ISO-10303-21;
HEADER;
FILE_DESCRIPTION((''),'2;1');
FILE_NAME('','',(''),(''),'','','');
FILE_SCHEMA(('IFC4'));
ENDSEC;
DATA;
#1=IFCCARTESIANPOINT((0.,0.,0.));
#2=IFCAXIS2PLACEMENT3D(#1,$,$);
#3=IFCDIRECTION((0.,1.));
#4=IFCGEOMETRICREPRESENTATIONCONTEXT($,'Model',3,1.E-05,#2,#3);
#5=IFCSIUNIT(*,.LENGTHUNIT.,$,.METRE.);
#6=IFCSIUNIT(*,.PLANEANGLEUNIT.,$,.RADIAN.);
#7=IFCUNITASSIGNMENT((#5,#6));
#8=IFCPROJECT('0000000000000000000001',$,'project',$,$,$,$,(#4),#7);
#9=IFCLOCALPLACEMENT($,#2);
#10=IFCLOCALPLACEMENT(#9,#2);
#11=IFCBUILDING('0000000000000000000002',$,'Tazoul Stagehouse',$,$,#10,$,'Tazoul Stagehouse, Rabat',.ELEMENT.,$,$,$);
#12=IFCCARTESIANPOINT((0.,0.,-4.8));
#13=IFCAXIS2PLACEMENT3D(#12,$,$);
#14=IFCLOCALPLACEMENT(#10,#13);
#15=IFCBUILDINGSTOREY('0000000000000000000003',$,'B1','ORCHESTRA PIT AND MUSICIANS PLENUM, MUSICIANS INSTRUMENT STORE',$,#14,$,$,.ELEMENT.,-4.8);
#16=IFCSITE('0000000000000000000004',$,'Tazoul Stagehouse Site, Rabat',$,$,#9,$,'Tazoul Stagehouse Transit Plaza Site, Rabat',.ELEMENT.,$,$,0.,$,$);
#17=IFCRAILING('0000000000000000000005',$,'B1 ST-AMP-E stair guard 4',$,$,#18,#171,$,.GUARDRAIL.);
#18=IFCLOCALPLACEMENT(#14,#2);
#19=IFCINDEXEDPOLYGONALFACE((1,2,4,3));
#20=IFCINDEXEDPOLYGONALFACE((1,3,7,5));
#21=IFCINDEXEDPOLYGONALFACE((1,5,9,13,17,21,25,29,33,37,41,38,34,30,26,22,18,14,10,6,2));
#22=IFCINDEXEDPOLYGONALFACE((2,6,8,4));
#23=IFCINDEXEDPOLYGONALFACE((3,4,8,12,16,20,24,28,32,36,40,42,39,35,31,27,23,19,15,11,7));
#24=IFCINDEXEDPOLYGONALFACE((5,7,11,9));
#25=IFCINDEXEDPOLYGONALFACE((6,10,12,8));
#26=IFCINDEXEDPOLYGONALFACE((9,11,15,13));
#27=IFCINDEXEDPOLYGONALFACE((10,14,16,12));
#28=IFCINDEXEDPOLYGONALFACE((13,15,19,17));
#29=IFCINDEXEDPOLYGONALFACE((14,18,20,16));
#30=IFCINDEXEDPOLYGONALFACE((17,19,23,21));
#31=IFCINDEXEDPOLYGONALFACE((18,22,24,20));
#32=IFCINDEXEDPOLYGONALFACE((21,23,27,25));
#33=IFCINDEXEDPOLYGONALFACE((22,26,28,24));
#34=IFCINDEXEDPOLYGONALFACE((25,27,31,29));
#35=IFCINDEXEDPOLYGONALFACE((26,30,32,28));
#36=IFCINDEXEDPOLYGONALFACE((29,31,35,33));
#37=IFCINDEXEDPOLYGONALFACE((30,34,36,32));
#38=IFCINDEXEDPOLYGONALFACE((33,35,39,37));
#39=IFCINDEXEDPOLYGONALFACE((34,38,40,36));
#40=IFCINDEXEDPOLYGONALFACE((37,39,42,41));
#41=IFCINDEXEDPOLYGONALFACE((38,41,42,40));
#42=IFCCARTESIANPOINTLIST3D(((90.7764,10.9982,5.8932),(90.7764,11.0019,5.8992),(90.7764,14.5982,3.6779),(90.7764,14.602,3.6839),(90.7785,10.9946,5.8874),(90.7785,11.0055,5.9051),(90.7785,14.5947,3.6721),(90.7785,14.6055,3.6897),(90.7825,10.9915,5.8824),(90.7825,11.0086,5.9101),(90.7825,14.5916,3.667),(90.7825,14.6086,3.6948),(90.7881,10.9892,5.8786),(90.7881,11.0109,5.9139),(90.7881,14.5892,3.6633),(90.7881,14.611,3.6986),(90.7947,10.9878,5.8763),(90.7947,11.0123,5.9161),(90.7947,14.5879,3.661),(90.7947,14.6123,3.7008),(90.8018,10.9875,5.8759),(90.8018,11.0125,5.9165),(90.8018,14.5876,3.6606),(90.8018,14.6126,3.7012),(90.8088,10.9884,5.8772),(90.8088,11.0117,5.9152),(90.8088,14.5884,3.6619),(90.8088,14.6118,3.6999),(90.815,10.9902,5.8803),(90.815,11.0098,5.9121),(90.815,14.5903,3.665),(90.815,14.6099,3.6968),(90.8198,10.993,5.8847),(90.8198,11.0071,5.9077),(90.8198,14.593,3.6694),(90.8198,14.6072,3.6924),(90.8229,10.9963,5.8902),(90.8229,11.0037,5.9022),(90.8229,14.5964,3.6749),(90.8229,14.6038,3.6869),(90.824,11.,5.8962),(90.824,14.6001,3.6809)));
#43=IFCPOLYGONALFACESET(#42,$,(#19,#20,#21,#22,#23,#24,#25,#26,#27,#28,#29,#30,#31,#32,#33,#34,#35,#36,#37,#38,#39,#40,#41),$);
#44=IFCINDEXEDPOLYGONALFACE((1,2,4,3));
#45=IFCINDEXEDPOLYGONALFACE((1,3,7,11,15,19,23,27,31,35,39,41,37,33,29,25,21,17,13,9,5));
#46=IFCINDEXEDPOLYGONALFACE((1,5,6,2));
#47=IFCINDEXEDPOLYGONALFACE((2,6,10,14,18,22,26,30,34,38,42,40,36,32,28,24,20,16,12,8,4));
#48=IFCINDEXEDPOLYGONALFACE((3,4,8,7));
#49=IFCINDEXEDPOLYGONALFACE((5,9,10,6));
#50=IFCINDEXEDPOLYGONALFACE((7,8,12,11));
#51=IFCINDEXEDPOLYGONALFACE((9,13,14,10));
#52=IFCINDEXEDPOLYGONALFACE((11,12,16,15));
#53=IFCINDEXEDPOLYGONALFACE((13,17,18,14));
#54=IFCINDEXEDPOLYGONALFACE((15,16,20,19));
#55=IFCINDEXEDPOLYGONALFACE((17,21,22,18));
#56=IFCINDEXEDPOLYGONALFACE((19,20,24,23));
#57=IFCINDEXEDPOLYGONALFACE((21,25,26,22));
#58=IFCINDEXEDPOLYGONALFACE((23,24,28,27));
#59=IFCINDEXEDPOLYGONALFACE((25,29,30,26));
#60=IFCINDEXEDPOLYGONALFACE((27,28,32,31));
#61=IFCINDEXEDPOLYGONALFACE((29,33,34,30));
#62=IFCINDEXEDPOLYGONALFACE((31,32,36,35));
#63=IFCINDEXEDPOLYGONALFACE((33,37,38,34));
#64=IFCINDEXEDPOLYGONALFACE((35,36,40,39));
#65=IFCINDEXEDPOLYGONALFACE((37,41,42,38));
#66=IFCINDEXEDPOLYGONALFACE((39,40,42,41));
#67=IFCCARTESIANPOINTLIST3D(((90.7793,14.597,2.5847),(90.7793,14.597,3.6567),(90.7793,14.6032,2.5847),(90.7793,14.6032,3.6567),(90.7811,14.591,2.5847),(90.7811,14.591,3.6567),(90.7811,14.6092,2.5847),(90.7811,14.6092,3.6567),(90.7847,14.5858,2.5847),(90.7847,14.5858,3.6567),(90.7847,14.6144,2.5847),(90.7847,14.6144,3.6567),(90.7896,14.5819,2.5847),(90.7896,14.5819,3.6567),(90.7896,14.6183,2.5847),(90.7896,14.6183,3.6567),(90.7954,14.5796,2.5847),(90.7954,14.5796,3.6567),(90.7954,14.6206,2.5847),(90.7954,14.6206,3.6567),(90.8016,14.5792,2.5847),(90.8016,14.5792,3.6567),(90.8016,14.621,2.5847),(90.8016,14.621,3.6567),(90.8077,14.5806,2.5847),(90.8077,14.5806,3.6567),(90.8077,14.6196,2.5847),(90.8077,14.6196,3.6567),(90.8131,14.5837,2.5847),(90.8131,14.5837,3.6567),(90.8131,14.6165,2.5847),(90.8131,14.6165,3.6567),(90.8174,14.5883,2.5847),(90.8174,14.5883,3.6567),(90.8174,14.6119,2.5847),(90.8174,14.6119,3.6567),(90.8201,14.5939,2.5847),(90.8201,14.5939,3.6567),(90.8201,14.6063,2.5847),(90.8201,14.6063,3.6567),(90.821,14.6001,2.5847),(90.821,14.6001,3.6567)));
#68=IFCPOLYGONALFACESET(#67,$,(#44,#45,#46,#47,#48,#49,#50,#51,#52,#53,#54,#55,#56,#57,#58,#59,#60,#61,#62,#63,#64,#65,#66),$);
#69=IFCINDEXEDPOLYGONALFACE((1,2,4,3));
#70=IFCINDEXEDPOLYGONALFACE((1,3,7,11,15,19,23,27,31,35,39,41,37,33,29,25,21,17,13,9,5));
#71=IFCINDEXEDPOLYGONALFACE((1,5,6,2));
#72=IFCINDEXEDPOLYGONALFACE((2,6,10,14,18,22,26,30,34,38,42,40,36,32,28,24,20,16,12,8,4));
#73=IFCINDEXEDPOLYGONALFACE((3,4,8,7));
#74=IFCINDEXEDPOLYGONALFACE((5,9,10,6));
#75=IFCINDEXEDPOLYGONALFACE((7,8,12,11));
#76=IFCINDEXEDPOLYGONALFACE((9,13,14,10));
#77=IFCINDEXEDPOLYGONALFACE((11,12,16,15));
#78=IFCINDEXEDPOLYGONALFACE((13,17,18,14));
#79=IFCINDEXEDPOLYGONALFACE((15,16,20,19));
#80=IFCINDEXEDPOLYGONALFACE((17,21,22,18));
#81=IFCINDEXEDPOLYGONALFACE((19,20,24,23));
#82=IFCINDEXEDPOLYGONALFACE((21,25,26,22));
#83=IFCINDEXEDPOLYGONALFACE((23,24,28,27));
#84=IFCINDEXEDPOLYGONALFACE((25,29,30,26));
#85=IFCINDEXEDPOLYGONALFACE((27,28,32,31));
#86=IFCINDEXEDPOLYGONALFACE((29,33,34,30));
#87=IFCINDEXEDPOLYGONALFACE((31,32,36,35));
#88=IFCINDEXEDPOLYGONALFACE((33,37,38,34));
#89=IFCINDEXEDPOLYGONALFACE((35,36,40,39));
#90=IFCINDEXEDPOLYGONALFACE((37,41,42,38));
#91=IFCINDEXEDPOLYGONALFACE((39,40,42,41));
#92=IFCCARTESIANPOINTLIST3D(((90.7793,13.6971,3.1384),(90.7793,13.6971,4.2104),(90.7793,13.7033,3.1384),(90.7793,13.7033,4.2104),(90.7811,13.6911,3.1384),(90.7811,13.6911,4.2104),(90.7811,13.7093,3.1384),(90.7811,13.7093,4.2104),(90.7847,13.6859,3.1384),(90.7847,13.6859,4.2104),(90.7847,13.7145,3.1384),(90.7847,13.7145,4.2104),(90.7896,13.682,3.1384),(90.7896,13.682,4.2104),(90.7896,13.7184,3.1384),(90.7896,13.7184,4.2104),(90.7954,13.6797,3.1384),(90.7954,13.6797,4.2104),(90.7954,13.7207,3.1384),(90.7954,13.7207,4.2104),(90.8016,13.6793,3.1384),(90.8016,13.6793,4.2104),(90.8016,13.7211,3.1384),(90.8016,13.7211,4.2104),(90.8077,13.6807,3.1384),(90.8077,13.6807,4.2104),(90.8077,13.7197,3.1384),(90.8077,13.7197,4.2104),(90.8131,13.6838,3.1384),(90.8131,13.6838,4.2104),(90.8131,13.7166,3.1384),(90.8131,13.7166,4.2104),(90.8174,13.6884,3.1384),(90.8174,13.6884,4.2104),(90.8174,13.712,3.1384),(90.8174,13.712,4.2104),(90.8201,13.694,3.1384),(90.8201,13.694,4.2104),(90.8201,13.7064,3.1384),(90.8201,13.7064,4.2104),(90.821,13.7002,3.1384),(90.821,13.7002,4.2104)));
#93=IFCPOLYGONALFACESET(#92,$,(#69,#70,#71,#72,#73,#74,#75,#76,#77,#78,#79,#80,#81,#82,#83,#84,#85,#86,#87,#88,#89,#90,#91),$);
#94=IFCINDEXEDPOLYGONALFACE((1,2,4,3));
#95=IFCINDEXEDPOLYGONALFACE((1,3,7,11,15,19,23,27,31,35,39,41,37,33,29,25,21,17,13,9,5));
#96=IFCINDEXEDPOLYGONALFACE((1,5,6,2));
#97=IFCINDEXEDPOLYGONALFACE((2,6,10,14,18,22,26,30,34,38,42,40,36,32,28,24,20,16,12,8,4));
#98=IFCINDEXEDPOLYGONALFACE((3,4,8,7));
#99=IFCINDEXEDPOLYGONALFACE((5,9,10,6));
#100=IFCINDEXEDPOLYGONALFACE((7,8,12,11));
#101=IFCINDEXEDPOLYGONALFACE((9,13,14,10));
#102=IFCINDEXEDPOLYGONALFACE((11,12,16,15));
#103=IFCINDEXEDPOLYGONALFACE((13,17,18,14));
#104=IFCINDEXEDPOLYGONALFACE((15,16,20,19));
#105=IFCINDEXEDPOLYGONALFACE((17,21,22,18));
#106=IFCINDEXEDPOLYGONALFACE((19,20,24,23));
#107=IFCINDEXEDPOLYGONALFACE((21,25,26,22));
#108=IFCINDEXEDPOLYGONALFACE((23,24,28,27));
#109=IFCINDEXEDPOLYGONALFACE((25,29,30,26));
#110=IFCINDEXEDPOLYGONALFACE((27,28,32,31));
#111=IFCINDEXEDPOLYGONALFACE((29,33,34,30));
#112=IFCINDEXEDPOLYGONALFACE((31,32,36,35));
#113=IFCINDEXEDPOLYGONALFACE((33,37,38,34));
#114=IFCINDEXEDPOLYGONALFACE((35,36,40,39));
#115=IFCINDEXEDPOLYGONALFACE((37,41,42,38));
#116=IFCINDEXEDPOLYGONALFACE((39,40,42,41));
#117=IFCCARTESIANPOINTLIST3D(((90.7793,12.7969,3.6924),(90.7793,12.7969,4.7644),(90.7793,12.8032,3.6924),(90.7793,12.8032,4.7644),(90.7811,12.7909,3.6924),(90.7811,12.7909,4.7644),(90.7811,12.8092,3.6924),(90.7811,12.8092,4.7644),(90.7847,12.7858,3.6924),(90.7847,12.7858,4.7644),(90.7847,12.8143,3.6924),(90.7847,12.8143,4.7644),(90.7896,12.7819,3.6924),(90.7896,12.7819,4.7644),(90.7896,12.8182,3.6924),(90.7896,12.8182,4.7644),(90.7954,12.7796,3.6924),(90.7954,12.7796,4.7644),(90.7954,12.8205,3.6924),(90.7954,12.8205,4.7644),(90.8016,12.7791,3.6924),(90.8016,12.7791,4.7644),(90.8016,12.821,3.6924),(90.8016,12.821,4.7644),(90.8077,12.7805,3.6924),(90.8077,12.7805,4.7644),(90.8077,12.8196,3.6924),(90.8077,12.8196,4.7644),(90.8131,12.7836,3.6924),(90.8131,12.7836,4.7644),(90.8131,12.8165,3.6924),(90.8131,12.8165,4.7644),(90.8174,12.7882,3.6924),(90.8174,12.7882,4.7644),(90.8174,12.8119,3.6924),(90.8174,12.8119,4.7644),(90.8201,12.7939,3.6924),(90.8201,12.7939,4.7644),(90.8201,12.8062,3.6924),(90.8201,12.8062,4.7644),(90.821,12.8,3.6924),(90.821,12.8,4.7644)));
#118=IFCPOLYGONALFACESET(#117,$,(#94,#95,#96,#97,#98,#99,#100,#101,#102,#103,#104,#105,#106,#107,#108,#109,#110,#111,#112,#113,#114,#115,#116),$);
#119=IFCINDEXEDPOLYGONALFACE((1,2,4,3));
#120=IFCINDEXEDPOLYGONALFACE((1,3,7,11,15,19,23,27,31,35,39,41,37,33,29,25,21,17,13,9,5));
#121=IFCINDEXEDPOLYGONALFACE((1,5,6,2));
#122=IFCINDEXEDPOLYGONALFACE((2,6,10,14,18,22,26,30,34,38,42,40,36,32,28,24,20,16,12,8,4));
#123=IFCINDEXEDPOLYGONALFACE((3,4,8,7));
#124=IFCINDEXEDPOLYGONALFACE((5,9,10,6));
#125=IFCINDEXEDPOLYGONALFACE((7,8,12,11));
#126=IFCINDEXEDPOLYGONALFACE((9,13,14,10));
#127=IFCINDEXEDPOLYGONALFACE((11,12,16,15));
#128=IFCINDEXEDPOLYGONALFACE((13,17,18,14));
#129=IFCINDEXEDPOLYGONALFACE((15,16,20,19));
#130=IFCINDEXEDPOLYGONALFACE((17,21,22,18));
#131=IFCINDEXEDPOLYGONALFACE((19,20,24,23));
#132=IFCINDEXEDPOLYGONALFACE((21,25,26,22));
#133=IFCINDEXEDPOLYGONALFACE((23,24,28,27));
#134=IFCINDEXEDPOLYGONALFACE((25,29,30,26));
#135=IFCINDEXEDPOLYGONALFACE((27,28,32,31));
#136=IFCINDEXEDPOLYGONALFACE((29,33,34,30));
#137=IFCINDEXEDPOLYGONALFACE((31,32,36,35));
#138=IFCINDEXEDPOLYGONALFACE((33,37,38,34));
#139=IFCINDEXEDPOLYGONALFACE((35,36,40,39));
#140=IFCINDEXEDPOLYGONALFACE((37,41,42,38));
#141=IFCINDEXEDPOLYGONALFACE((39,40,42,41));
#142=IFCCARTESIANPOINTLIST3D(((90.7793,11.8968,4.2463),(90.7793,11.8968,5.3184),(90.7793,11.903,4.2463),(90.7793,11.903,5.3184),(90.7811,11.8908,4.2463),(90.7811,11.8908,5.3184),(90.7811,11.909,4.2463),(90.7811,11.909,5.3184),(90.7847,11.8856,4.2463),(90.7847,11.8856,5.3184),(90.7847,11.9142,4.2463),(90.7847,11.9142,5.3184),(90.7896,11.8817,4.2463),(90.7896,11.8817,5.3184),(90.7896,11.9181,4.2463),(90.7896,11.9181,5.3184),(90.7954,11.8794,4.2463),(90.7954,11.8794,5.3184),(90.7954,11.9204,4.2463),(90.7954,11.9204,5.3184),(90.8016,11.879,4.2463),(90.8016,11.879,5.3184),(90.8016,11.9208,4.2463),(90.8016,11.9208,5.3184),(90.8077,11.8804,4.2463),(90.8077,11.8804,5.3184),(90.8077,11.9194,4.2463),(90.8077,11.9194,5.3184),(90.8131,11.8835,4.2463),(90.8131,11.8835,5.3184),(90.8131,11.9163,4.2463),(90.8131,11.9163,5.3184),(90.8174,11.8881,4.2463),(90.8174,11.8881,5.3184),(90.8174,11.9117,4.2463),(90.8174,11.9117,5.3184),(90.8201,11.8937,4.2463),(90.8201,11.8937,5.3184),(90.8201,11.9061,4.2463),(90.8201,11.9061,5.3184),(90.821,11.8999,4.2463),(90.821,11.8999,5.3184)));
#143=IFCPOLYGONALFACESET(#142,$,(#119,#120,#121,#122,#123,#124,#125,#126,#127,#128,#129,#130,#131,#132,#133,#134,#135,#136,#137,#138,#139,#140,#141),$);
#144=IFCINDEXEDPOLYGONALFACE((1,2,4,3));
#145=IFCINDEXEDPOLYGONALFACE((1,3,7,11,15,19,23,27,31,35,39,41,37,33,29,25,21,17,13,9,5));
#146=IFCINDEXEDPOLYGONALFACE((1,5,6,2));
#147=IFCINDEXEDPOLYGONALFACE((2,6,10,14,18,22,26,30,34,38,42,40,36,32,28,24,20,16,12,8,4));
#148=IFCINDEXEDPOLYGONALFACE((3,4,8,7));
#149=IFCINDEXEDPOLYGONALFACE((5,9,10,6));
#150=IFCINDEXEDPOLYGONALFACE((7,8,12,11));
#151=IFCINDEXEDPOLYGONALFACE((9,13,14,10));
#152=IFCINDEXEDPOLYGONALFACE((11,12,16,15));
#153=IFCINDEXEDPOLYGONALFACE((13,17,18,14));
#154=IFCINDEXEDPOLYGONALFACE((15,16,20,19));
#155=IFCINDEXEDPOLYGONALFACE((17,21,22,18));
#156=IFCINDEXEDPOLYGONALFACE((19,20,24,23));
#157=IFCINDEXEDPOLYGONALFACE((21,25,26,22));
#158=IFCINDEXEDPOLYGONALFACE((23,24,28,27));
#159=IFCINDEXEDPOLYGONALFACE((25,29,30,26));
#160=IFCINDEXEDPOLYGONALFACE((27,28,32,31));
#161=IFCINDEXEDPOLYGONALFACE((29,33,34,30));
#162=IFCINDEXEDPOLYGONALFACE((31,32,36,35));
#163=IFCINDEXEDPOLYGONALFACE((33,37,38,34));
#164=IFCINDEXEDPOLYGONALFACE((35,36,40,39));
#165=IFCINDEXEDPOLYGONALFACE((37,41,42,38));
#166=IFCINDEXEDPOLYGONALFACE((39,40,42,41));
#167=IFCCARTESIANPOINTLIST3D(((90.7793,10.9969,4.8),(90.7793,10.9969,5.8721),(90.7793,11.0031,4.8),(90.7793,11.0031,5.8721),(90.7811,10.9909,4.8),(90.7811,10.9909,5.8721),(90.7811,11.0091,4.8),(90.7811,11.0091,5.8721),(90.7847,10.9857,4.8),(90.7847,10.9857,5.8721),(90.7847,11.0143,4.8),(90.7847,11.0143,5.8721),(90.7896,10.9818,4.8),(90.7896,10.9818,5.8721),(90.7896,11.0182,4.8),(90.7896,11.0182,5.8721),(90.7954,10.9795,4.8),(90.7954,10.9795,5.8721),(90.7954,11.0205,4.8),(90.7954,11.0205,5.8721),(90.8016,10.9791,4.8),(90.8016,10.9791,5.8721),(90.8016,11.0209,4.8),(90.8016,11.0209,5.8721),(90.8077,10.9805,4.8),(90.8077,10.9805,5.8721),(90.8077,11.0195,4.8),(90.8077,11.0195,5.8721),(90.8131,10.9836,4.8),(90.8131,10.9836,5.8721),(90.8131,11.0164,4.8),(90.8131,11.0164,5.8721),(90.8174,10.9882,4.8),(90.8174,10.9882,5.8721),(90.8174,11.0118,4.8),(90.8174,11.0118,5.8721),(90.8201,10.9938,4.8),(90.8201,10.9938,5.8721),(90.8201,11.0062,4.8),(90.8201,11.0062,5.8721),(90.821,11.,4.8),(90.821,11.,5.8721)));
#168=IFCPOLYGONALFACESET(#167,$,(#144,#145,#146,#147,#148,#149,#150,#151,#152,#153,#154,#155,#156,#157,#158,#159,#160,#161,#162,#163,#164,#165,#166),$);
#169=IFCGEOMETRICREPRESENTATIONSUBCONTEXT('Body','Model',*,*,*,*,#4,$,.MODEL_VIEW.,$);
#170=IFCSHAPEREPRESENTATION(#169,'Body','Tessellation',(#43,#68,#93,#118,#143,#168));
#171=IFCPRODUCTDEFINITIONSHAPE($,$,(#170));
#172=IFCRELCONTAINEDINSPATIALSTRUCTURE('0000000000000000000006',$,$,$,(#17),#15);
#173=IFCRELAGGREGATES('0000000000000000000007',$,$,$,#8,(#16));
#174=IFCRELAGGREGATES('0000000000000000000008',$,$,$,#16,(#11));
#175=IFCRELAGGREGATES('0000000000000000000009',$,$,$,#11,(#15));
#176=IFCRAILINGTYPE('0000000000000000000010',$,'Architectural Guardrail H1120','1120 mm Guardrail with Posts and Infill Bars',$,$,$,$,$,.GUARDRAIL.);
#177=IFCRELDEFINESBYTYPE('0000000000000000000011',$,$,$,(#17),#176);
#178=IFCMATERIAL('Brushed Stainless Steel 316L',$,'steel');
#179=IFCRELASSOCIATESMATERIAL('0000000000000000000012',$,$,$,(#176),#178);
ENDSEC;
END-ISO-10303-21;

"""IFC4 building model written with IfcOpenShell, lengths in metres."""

from ifc_helpers import new_model, si_unit, direction, frame, origin, origin_2d, place, context, subcontext, project, spatial, circle, extrude, material, material_profile, profile_set, type_object, element, save


model = new_model("IFC4")

# Units and contexts
model_context = context("Model", 3, precision=1e-05, world=origin(), true_north=direction((0.0, 1.0)))
body_context = subcontext(model_context, "Body", "Model", "MODEL_VIEW")
ifc_project = project(units=[si_unit("LENGTHUNIT", "METRE"), si_unit("PLANEANGLEUNIT", "RADIAN")], contexts=[model_context])

# Site, building, storey
site_placement = place(None, origin())
site = spatial("IfcSite", under=ifc_project, at=site_placement, Name="Tazoul Stagehouse Site, Rabat", LongName="Tazoul Stagehouse Transit Plaza Site, Rabat", CompositionType="ELEMENT", RefElevation=0.0)
building_placement = place(site_placement, origin())
building = spatial("IfcBuilding", under=site, at=building_placement, Name="Tazoul Stagehouse", LongName="Tazoul Stagehouse, Rabat", CompositionType="ELEMENT")
storey_placement = place(building_placement, frame((0.0, 0.0, -4.8)))
storey = spatial("IfcBuildingStorey", under=building, at=storey_placement, Name="B1", Description="ORCHESTRA PIT AND MUSICIANS PLENUM, MUSICIANS INSTRUMENT STORE", CompositionType="ELEMENT", Elevation=-4.8)

# Railing
ifc_material_1 = material(Name="Brushed Stainless Steel 316L", Category="steel")
ifc_material_profile_1 = material_profile(ifc_material_1, circle(Radius=0.0239, at=origin_2d()), Name="SS RAIL D48")
ifc_profile_set_1 = profile_set([ifc_material_profile_1], Name="Brushed Stainless Steel 316L")
railing_type_1 = type_object("IfcRailingType", Name="Architectural Guardrail H1120", Description="1120 mm Guardrail with Posts and Infill Bars", PredefinedType="GUARDRAIL", material=ifc_profile_set_1)
railing_1_placement = place(storey_placement, frame((90.8, 14.6001, 2.5847)))
element("IfcRailing", 1, at=railing_1_placement, inside=storey, type_object=railing_type_1, Name="B1 ST-AMP-E stair guard 4", PredefinedType="GUARDRAIL", context=body_context, shape_type="SweptSolid", body=[
    extrude(circle(Radius=0.0239, at=origin_2d()), frame((0.0, 0.0, 1.0962), z_axis=(0.0, -0.85167, 0.524078), x_axis=(1.0, 0.0, 0.0)), (0.0, 0.0, 1.0), 4.2271),
    extrude(circle(Radius=0.021, at=origin_2d()), origin(), (0.0, 0.0, 1.0), 1.072),
    extrude(circle(Radius=0.021, at=origin_2d()), frame((0.0, -0.8999, 0.5537)), (0.0, 0.0, 1.0), 1.072),
    extrude(circle(Radius=0.021, at=origin_2d()), frame((0.0, -1.8, 1.1077)), (0.0, 0.0, 1.0), 1.072),
    extrude(circle(Radius=0.021, at=origin_2d()), frame((0.0, -2.7002, 1.6616)), (0.0, 0.0, 1.0), 1.072),
    extrude(circle(Radius=0.021, at=origin_2d()), frame((0.0, -3.6001, 2.2153)), (0.0, 0.0, 1.0), 1.072),
])

save(model, "model.ifc")
